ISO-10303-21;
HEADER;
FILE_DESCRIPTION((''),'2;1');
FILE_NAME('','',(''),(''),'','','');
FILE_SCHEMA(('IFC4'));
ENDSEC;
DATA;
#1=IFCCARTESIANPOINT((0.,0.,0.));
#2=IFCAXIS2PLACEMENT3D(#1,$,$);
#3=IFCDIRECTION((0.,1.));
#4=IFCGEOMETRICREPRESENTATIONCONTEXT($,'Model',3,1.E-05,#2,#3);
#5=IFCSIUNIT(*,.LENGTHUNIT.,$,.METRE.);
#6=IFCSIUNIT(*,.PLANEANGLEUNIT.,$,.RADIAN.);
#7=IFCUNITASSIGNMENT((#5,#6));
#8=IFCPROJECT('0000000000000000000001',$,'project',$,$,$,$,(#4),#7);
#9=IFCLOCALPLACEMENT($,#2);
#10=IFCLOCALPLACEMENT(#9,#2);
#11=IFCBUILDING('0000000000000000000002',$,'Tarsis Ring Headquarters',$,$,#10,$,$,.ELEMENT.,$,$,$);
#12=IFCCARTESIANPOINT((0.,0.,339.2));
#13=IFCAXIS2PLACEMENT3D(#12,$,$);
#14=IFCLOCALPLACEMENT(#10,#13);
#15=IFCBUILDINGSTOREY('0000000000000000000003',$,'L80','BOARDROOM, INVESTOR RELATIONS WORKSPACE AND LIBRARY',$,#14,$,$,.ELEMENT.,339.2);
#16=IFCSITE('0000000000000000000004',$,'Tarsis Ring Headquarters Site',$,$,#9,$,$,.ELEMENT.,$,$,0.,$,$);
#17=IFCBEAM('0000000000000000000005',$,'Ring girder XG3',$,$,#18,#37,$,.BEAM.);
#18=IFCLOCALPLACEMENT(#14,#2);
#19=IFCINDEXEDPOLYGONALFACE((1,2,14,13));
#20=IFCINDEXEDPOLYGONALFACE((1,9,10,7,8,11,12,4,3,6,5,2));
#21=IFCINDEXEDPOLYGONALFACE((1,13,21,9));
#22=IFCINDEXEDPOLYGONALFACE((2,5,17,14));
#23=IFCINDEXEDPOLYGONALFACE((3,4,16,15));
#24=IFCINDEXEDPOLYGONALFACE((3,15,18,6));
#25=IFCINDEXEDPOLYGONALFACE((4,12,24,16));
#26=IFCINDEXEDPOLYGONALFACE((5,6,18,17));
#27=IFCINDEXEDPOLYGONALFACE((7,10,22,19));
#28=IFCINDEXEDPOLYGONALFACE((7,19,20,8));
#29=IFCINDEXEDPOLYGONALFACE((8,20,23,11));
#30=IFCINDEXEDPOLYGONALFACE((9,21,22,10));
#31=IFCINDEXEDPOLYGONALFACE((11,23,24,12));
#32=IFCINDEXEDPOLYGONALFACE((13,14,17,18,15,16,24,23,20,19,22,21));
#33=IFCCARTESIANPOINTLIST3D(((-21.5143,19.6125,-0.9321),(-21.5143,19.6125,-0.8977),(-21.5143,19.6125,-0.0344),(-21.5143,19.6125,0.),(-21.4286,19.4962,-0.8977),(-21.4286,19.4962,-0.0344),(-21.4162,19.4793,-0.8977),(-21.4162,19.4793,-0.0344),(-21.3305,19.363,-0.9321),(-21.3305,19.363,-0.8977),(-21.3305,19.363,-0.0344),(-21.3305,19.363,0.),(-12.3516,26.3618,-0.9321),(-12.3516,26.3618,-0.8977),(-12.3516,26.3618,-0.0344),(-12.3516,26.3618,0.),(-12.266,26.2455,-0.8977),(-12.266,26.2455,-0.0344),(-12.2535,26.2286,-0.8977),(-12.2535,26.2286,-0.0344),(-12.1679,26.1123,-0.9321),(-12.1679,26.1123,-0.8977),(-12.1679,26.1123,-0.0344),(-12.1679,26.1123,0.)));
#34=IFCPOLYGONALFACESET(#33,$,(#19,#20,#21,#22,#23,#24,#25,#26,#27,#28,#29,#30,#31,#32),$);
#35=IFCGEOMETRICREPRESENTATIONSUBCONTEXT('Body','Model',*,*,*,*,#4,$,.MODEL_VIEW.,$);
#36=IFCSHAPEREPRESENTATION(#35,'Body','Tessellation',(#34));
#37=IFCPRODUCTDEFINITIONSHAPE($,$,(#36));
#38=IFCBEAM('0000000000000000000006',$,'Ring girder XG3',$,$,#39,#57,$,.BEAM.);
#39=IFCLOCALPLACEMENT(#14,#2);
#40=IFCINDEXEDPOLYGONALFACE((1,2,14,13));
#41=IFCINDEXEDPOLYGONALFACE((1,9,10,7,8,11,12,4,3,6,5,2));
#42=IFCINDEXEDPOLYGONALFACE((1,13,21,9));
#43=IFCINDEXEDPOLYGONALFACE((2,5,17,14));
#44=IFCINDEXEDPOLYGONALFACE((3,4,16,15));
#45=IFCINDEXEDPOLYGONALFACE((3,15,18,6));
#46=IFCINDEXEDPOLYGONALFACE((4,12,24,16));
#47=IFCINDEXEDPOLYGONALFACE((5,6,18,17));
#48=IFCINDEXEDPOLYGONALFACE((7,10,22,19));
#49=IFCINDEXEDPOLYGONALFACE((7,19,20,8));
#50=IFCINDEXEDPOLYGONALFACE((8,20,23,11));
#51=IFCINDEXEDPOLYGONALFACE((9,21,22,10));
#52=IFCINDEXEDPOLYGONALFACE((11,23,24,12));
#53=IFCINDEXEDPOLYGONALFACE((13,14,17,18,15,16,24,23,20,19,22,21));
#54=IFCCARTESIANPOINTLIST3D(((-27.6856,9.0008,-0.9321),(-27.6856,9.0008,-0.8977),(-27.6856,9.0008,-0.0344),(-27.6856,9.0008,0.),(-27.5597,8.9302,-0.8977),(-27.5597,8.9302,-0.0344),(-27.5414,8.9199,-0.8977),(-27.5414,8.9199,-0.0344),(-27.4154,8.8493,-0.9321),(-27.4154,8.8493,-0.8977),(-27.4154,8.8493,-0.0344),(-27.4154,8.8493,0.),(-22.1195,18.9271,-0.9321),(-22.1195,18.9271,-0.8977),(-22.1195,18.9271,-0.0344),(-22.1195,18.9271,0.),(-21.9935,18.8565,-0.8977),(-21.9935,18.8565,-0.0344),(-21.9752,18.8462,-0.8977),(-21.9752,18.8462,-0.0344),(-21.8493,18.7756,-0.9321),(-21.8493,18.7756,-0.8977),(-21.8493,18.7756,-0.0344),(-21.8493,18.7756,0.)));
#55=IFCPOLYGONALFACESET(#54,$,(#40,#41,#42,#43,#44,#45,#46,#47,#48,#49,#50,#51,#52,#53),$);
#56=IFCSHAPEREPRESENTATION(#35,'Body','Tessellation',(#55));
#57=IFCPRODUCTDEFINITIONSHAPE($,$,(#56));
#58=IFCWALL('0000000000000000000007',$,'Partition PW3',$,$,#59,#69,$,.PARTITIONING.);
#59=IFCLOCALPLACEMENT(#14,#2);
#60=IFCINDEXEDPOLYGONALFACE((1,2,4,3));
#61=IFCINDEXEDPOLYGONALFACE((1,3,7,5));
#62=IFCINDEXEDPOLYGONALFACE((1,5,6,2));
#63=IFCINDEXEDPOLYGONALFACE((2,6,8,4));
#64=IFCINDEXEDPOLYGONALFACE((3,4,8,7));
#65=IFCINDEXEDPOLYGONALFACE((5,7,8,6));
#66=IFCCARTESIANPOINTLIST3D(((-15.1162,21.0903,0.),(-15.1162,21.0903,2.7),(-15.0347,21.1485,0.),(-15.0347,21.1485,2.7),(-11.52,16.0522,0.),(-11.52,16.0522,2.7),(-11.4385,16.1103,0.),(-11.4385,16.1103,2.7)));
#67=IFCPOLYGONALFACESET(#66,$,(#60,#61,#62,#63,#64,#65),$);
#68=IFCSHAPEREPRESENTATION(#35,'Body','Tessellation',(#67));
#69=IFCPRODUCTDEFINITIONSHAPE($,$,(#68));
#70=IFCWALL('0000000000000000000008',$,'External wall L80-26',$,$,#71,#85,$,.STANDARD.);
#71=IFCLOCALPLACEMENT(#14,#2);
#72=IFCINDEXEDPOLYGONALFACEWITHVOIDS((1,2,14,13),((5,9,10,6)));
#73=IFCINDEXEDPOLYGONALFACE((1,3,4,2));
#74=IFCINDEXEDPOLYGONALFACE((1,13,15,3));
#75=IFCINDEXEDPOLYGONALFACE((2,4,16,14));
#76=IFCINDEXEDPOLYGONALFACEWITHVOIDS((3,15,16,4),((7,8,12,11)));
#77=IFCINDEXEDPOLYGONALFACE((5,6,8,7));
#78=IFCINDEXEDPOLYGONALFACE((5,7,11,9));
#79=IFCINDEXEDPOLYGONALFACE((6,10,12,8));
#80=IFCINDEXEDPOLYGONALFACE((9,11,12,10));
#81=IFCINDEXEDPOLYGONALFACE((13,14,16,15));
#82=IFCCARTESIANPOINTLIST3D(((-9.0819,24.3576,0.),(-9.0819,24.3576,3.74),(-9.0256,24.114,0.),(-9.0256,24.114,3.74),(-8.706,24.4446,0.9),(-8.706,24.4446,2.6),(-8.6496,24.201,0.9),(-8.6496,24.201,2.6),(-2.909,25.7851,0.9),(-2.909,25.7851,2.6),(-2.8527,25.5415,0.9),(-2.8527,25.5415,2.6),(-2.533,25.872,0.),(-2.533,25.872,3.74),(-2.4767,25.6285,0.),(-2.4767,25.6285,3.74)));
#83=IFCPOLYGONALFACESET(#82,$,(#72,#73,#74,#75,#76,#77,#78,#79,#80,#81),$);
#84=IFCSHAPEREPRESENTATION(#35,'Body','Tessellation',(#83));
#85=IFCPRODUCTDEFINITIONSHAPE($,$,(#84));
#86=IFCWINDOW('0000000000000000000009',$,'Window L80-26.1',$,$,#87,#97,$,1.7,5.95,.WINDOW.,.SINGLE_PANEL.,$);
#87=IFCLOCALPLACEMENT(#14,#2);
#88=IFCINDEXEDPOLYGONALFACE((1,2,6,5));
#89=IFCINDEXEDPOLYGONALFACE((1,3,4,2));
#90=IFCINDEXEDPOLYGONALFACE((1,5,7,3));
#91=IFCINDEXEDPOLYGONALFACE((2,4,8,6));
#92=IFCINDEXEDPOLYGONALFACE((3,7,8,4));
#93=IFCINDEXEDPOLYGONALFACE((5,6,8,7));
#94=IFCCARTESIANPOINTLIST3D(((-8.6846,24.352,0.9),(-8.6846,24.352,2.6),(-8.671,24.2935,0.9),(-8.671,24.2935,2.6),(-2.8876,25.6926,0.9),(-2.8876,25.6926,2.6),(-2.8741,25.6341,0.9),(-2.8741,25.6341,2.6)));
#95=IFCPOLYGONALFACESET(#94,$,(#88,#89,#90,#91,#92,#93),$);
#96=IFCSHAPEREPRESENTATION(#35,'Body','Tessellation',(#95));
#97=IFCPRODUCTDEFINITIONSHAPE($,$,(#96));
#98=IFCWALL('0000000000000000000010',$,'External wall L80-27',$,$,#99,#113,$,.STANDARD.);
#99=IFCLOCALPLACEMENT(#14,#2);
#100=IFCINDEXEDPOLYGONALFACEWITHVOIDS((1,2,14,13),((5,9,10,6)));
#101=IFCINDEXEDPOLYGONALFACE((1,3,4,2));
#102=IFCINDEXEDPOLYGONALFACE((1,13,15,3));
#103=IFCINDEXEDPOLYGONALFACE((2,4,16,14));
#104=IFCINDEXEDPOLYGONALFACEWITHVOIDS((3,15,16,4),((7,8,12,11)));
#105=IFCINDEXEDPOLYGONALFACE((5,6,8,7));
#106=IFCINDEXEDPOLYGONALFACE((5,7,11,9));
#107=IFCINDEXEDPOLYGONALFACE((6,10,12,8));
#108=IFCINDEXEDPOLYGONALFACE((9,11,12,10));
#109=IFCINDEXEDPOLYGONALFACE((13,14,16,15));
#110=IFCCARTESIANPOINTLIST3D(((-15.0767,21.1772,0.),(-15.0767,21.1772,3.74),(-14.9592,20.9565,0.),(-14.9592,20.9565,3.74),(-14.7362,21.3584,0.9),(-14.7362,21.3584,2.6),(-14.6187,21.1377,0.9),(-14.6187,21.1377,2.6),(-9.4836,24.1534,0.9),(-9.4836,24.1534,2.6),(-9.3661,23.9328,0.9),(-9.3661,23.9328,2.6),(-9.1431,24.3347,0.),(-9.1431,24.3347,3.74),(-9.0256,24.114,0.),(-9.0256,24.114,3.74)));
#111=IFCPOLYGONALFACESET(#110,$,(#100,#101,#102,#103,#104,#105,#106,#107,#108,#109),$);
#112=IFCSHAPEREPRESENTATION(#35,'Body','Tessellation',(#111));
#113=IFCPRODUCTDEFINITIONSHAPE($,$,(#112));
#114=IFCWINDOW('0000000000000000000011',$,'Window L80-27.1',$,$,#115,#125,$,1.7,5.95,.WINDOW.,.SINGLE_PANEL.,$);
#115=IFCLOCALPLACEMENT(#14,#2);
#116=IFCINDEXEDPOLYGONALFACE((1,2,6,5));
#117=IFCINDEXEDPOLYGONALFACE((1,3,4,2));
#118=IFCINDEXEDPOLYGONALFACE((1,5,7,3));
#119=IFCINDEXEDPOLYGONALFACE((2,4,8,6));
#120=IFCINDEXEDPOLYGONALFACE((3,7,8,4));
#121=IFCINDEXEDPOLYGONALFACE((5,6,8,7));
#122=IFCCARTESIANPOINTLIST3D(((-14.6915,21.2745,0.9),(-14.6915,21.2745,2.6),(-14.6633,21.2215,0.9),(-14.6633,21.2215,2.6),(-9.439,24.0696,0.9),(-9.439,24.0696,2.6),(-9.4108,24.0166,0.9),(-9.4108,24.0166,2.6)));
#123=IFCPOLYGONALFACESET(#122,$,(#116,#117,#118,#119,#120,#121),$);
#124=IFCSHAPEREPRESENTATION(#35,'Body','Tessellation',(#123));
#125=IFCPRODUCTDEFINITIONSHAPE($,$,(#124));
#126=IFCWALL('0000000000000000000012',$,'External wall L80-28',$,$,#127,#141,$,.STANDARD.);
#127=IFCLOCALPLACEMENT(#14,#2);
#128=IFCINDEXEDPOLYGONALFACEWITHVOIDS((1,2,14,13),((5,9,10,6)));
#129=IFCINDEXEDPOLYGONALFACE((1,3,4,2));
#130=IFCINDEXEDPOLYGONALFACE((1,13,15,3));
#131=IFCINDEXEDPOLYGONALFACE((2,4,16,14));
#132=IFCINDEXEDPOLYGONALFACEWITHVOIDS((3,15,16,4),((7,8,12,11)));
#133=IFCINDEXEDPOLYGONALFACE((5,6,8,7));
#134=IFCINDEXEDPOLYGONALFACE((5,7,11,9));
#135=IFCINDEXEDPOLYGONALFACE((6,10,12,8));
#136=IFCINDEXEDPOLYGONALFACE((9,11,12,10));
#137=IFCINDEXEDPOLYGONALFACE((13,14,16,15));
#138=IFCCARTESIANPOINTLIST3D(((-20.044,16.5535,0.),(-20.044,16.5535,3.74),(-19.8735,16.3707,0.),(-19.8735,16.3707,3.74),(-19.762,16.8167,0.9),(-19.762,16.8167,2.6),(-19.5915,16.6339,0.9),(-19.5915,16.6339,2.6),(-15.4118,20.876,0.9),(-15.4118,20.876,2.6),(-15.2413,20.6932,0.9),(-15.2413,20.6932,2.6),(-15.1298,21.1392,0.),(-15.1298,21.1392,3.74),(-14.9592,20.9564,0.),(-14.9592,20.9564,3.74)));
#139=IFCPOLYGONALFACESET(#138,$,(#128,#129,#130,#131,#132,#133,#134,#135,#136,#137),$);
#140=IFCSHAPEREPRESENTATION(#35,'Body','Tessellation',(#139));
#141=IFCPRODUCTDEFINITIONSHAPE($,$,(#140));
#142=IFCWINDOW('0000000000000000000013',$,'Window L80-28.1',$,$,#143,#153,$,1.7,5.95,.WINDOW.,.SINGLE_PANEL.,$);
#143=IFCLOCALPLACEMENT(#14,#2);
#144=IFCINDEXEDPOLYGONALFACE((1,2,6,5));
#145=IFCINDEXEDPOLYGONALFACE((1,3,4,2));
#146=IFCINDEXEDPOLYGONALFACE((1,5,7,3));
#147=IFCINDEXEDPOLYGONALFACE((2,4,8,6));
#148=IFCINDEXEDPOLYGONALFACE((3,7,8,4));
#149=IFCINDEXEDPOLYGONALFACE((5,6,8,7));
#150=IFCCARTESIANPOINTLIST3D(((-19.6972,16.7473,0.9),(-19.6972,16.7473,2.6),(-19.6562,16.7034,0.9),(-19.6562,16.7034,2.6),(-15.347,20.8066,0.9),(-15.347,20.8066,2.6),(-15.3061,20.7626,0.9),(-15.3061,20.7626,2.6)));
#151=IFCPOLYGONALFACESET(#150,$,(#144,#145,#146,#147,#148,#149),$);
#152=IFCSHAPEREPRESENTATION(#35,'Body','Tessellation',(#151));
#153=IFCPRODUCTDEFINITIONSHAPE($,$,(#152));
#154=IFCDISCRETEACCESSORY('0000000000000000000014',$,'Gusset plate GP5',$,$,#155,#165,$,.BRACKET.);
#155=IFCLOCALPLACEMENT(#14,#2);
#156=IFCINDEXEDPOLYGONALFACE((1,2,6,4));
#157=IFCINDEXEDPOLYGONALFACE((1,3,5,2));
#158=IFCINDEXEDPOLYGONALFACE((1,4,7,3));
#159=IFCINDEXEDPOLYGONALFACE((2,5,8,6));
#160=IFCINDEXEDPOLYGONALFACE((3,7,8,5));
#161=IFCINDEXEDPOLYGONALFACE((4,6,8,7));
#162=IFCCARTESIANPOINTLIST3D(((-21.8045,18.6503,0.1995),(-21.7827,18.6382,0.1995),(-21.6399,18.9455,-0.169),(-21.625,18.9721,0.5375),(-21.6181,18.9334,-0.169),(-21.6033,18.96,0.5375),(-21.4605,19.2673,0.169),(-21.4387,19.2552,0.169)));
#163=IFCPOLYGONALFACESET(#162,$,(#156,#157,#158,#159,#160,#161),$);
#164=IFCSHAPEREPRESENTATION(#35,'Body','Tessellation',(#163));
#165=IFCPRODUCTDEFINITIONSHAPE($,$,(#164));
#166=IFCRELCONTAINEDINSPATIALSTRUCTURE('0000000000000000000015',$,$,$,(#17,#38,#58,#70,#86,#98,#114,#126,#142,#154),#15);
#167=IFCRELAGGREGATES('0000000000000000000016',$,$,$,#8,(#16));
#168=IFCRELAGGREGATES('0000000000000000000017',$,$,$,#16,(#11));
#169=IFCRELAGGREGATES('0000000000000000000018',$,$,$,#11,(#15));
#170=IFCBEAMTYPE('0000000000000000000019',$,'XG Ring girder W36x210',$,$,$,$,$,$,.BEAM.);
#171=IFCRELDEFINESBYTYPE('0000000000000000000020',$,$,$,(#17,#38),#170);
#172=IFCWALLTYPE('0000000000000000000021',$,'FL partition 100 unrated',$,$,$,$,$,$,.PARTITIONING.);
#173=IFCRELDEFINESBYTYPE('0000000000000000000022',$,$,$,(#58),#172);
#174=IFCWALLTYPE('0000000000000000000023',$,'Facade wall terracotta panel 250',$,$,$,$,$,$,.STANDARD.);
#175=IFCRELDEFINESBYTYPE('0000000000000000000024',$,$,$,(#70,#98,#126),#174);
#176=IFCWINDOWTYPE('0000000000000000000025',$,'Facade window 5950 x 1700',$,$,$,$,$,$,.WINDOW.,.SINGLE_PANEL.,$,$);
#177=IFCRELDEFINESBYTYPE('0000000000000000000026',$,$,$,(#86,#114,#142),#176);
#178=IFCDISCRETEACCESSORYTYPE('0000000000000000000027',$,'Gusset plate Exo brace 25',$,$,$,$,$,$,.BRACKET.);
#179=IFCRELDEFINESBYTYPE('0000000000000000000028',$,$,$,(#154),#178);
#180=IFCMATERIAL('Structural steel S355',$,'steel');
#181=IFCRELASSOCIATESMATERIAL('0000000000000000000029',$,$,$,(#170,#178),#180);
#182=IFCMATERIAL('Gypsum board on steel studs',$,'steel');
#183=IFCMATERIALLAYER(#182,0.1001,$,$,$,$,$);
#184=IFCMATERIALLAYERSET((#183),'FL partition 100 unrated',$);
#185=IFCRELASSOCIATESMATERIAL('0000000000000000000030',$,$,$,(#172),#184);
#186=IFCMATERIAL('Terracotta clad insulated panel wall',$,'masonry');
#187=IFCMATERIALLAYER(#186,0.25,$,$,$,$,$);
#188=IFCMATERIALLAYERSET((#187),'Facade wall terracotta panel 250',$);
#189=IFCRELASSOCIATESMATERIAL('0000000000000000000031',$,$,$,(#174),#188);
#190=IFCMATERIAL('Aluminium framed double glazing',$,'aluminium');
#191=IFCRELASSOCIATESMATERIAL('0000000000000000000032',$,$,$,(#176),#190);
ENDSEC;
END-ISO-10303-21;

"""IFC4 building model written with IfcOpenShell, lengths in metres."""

from ifc_helpers import new_model, si_unit, direction, frame, frame_2d, origin, origin_2d, place, context, subcontext, project, spatial, rectangle, i_section, extrude, material, layer, layer_set, material_profile, profile_set, type_object, element, fill, save


model = new_model("IFC4")

# Units and contexts
model_context = context("Model", 3, precision=1e-05, world=origin(), true_north=direction((0.0, 1.0)))
body_context = subcontext(model_context, "Body", "Model", "MODEL_VIEW")
ifc_project = project(units=[si_unit("LENGTHUNIT", "METRE"), si_unit("PLANEANGLEUNIT", "RADIAN")], contexts=[model_context])

# Site, building, storey
site_placement = place(None, origin())
site = spatial("IfcSite", under=ifc_project, at=site_placement, Name="Tarsis Ring Headquarters Site", CompositionType="ELEMENT", RefElevation=0.0)
building_placement = place(site_placement, origin())
building = spatial("IfcBuilding", under=site, at=building_placement, Name="Tarsis Ring Headquarters", CompositionType="ELEMENT")
storey_placement = place(building_placement, frame((0.0, 0.0, 339.2)))
storey = spatial("IfcBuildingStorey", under=building, at=storey_placement, Name="L80", Description="BOARDROOM, INVESTOR RELATIONS WORKSPACE AND LIBRARY", CompositionType="ELEMENT", Elevation=339.2)

# Shared definitions
ifc_material_1 = material(Name="Structural steel S355", Category="steel")

# Beams
ifc_material_profile_1 = material_profile(ifc_material_1, i_section(OverallWidth=0.3098, OverallDepth=0.9321, WebThickness=0.021, FlangeThickness=0.0344, at=origin_2d()), Name="W36x210")
ifc_profile_set_1 = profile_set([ifc_material_profile_1], Name="Structural steel S355")
beam_type_1 = type_object("IfcBeamType", Name="XG Ring girder W36x210", PredefinedType="BEAM", material=ifc_profile_set_1)
beam_1_placement = place(storey_placement, frame((-12.2598, 26.2371, -0.4661), z_axis=(-0.805145, -0.593078, 0.0), x_axis=(0.593078, -0.805145, 0.0)))
element("IfcBeam", 1, at=beam_1_placement, inside=storey, type_object=beam_type_1, Name="Ring girder XG3", PredefinedType="BEAM", context=body_context, shape_type="SweptSolid", body=[
    extrude(i_section(OverallWidth=0.3098, OverallDepth=0.9321, WebThickness=0.021, FlangeThickness=0.0344, at=origin_2d()), origin(), (0.0, 0.0, 1.0), 11.3801),
])
beam_2_placement = place(storey_placement, frame((-21.9844, 18.8513, -0.4661), z_axis=(-0.489102, -0.872227, 0.0), x_axis=(0.872227, -0.489102, 0.0)))
element("IfcBeam", 2, at=beam_2_placement, inside=storey, type_object=beam_type_1, Name="Ring girder XG3", PredefinedType="BEAM", context=body_context, shape_type="SweptSolid", body=[
    extrude(i_section(OverallWidth=0.3098, OverallDepth=0.9321, WebThickness=0.021, FlangeThickness=0.0344, at=origin_2d()), origin(), (0.0, 0.0, 1.0), 11.3804),
])

# Wall
ifc_material_2 = material(Name="Gypsum board on steel studs", Category="steel")
ifc_layer_1 = layer(ifc_material_2, 0.1001)
ifc_layer_set_1 = layer_set([ifc_layer_1], Name="FL partition 100 unrated")
wall_type_1 = type_object("IfcWallType", Name="FL partition 100 unrated", PredefinedType="PARTITIONING", material=ifc_layer_set_1)
wall_1_placement = place(storey_placement, frame((-15.0754, 21.1194, 0.0), z_axis=(0.0, 0.0, 1.0), x_axis=(0.580977, -0.81392, 0.0)))
element("IfcWall", 3, at=wall_1_placement, inside=storey, type_object=wall_type_1, Name="Partition PW3", PredefinedType="PARTITIONING", context=body_context, shape_type="SweptSolid", body=[
    extrude(rectangle(XDim=6.1899, YDim=0.1001, at=frame_2d((3.095, 0.0))), origin(), (0.0, 0.0, 1.0), 2.7),
])

# Walls, openings, windows
ifc_material_3 = material(Name="Terracotta clad insulated panel wall", Category="masonry")
ifc_layer_2 = layer(ifc_material_3, 0.25)
ifc_layer_set_2 = layer_set([ifc_layer_2], Name="Facade wall terracotta panel 250")
wall_type_2 = type_object("IfcWallType", Name="Facade wall terracotta panel 250", PredefinedType="STANDARD", material=ifc_layer_set_2)
wall_2_placement = place(storey_placement, frame((-2.5049, 25.7502, 0.0), z_axis=(0.0, 0.0, 1.0), x_axis=(-0.974289, -0.225302, 0.0)))
wall_2 = element("IfcWall", 4, at=wall_2_placement, inside=storey, type_object=wall_type_2, Name="External wall L80-26", PredefinedType="STANDARD", context=body_context, shape_type="SweptSolid", body=[
    extrude(rectangle(XDim=6.7217, YDim=0.25, at=frame_2d((3.3608, 0.0))), origin(), (0.0, 0.0, 1.0), 3.74),
])
opening_1_placement = place(wall_2_placement, frame((0.3857, 0.0, 0.8999)))
opening_1 = element("IfcOpeningElement", 5, at=opening_1_placement, cuts=wall_2, PredefinedType="OPENING", context=body_context, shape_type="SweptSolid", body=[
    extrude(rectangle(XDim=5.95, YDim=1.7, at=frame_2d((2.9751, 0.8501))), frame((0.0, 0.135, 0.0), z_axis=(0.0, -1.0, 0.0), x_axis=(1.0, 0.0, 0.0)), (0.0, 0.0, 1.0), 0.27),
])
ifc_material_4 = material(Name="Aluminium framed double glazing", Category="aluminium")
window_type = type_object("IfcWindowType", Name="Facade window 5950 x 1700", PartitioningType="SINGLE_PANEL", PredefinedType="WINDOW", material=ifc_material_4)
window_1_placement = place(opening_1_placement, origin())
window_1 = element("IfcWindow", 6, at=window_1_placement, inside=storey, type_object=window_type, Name="Window L80-26.1", OverallHeight=1.7, OverallWidth=5.95, PartitioningType="SINGLE_PANEL", PredefinedType="WINDOW", context=body_context, shape_type="SweptSolid", body=[
    extrude(rectangle(XDim=5.95, YDim=1.7, at=frame_2d((2.9751, 0.8501))), frame((0.0, 0.03, 0.0), z_axis=(0.0, -1.0, 0.0), x_axis=(1.0, 0.0, 0.0)), (0.0, 0.0, 1.0), 0.0601),
])
fill(opening_1, window_1)
wall_3_placement = place(storey_placement, frame((-9.0842, 24.2244, 0.0), z_axis=(0.0, 0.0, 1.0), x_axis=(-0.882792, -0.469764, 0.0)))
wall_3 = element("IfcWall", 7, at=wall_3_placement, inside=storey, type_object=wall_type_2, Name="External wall L80-27", PredefinedType="STANDARD", context=body_context, shape_type="SweptSolid", body=[
    extrude(rectangle(XDim=6.7214, YDim=0.25, at=frame_2d((3.3608, 0.0))), origin(), (0.0, 0.0, 1.0), 3.74),
])
opening_2_placement = place(wall_3_placement, frame((0.3857, 0.0, 0.8999)))
opening_2 = element("IfcOpeningElement", 8, at=opening_2_placement, cuts=wall_3, PredefinedType="OPENING", context=body_context, shape_type="SweptSolid", body=[
    extrude(rectangle(XDim=5.95, YDim=1.7, at=frame_2d((2.9751, 0.8501))), frame((0.0, 0.135, 0.0), z_axis=(0.0, -1.0, 0.0), x_axis=(1.0, 0.0, 0.0)), (0.0, 0.0, 1.0), 0.27),
])
window_2_placement = place(opening_2_placement, origin())
window_2 = element("IfcWindow", 9, at=window_2_placement, inside=storey, type_object=window_type, Name="Window L80-27.1", OverallHeight=1.7, OverallWidth=5.95, PartitioningType="SINGLE_PANEL", PredefinedType="WINDOW", context=body_context, shape_type="SweptSolid", body=[
    extrude(rectangle(XDim=5.95, YDim=1.7, at=frame_2d((2.9751, 0.8501))), frame((0.0, 0.03, 0.0), z_axis=(0.0, -1.0, 0.0), x_axis=(1.0, 0.0, 0.0)), (0.0, 0.0, 1.0), 0.0601),
])
fill(opening_2, window_2)
wall_4_placement = place(storey_placement, frame((-15.0444, 21.0479, 0.0), z_axis=(0.0, 0.0, 1.0), x_axis=(-0.731129, -0.682239, 0.0)))
wall_4 = element("IfcWall", 10, at=wall_4_placement, inside=storey, type_object=wall_type_2, Name="External wall L80-28", PredefinedType="STANDARD", context=body_context, shape_type="SweptSolid", body=[
    extrude(rectangle(XDim=6.7214, YDim=0.25, at=frame_2d((3.3608, 0.0))), origin(), (0.0, 0.0, 1.0), 3.74),
])
opening_3_placement = place(wall_4_placement, frame((0.3857, 0.0, 0.8999)))
opening_3 = element("IfcOpeningElement", 11, at=opening_3_placement, cuts=wall_4, PredefinedType="OPENING", context=body_context, shape_type="SweptSolid", body=[
    extrude(rectangle(XDim=5.95, YDim=1.7, at=frame_2d((2.9751, 0.8501))), frame((0.0, 0.135, 0.0), z_axis=(0.0, -1.0, 0.0), x_axis=(1.0, 0.0, 0.0)), (0.0, 0.0, 1.0), 0.27),
])
window_3_placement = place(opening_3_placement, origin())
window_3 = element("IfcWindow", 12, at=window_3_placement, inside=storey, type_object=window_type, Name="Window L80-28.1", OverallHeight=1.7, OverallWidth=5.95, PartitioningType="SINGLE_PANEL", PredefinedType="WINDOW", context=body_context, shape_type="SweptSolid", body=[
    extrude(rectangle(XDim=5.95, YDim=1.7, at=frame_2d((2.9751, 0.8501))), frame((0.0, 0.03, 0.0), z_axis=(0.0, -1.0, 0.0), x_axis=(1.0, 0.0, 0.0)), (0.0, 0.0, 1.0), 0.0601),
])
fill(opening_3, window_3)

# Discrete accessory
ifc_material_profile_2 = material_profile(ifc_material_1, rectangle(XDim=0.0249, YDim=0.5, at=origin_2d()), Name="PL 25x500")
ifc_profile_set_2 = profile_set([ifc_material_profile_2], Name="Structural steel S355")
discrete_accessory_type = type_object("IfcDiscreteAccessoryType", Name="Gusset plate Exo brace 25", PredefinedType="BRACKET", material=ifc_profile_set_2)
discrete_accessory_placement = place(storey_placement, frame((-21.5393, 19.1003, 0.0), z_axis=(-0.329151, -0.590421, 0.736928), x_axis=(0.873441, -0.486931, 0.0)))
element("IfcDiscreteAccessory", 13, at=discrete_accessory_placement, inside=storey, type_object=discrete_accessory_type, Name="Gusset plate GP5", PredefinedType="BRACKET", context=body_context, shape_type="SweptSolid", body=[
    extrude(rectangle(XDim=0.0249, YDim=0.5, at=origin_2d()), origin(), (0.0, 0.0, 1.0), 0.5),
])

save(model, "model.ifc")
